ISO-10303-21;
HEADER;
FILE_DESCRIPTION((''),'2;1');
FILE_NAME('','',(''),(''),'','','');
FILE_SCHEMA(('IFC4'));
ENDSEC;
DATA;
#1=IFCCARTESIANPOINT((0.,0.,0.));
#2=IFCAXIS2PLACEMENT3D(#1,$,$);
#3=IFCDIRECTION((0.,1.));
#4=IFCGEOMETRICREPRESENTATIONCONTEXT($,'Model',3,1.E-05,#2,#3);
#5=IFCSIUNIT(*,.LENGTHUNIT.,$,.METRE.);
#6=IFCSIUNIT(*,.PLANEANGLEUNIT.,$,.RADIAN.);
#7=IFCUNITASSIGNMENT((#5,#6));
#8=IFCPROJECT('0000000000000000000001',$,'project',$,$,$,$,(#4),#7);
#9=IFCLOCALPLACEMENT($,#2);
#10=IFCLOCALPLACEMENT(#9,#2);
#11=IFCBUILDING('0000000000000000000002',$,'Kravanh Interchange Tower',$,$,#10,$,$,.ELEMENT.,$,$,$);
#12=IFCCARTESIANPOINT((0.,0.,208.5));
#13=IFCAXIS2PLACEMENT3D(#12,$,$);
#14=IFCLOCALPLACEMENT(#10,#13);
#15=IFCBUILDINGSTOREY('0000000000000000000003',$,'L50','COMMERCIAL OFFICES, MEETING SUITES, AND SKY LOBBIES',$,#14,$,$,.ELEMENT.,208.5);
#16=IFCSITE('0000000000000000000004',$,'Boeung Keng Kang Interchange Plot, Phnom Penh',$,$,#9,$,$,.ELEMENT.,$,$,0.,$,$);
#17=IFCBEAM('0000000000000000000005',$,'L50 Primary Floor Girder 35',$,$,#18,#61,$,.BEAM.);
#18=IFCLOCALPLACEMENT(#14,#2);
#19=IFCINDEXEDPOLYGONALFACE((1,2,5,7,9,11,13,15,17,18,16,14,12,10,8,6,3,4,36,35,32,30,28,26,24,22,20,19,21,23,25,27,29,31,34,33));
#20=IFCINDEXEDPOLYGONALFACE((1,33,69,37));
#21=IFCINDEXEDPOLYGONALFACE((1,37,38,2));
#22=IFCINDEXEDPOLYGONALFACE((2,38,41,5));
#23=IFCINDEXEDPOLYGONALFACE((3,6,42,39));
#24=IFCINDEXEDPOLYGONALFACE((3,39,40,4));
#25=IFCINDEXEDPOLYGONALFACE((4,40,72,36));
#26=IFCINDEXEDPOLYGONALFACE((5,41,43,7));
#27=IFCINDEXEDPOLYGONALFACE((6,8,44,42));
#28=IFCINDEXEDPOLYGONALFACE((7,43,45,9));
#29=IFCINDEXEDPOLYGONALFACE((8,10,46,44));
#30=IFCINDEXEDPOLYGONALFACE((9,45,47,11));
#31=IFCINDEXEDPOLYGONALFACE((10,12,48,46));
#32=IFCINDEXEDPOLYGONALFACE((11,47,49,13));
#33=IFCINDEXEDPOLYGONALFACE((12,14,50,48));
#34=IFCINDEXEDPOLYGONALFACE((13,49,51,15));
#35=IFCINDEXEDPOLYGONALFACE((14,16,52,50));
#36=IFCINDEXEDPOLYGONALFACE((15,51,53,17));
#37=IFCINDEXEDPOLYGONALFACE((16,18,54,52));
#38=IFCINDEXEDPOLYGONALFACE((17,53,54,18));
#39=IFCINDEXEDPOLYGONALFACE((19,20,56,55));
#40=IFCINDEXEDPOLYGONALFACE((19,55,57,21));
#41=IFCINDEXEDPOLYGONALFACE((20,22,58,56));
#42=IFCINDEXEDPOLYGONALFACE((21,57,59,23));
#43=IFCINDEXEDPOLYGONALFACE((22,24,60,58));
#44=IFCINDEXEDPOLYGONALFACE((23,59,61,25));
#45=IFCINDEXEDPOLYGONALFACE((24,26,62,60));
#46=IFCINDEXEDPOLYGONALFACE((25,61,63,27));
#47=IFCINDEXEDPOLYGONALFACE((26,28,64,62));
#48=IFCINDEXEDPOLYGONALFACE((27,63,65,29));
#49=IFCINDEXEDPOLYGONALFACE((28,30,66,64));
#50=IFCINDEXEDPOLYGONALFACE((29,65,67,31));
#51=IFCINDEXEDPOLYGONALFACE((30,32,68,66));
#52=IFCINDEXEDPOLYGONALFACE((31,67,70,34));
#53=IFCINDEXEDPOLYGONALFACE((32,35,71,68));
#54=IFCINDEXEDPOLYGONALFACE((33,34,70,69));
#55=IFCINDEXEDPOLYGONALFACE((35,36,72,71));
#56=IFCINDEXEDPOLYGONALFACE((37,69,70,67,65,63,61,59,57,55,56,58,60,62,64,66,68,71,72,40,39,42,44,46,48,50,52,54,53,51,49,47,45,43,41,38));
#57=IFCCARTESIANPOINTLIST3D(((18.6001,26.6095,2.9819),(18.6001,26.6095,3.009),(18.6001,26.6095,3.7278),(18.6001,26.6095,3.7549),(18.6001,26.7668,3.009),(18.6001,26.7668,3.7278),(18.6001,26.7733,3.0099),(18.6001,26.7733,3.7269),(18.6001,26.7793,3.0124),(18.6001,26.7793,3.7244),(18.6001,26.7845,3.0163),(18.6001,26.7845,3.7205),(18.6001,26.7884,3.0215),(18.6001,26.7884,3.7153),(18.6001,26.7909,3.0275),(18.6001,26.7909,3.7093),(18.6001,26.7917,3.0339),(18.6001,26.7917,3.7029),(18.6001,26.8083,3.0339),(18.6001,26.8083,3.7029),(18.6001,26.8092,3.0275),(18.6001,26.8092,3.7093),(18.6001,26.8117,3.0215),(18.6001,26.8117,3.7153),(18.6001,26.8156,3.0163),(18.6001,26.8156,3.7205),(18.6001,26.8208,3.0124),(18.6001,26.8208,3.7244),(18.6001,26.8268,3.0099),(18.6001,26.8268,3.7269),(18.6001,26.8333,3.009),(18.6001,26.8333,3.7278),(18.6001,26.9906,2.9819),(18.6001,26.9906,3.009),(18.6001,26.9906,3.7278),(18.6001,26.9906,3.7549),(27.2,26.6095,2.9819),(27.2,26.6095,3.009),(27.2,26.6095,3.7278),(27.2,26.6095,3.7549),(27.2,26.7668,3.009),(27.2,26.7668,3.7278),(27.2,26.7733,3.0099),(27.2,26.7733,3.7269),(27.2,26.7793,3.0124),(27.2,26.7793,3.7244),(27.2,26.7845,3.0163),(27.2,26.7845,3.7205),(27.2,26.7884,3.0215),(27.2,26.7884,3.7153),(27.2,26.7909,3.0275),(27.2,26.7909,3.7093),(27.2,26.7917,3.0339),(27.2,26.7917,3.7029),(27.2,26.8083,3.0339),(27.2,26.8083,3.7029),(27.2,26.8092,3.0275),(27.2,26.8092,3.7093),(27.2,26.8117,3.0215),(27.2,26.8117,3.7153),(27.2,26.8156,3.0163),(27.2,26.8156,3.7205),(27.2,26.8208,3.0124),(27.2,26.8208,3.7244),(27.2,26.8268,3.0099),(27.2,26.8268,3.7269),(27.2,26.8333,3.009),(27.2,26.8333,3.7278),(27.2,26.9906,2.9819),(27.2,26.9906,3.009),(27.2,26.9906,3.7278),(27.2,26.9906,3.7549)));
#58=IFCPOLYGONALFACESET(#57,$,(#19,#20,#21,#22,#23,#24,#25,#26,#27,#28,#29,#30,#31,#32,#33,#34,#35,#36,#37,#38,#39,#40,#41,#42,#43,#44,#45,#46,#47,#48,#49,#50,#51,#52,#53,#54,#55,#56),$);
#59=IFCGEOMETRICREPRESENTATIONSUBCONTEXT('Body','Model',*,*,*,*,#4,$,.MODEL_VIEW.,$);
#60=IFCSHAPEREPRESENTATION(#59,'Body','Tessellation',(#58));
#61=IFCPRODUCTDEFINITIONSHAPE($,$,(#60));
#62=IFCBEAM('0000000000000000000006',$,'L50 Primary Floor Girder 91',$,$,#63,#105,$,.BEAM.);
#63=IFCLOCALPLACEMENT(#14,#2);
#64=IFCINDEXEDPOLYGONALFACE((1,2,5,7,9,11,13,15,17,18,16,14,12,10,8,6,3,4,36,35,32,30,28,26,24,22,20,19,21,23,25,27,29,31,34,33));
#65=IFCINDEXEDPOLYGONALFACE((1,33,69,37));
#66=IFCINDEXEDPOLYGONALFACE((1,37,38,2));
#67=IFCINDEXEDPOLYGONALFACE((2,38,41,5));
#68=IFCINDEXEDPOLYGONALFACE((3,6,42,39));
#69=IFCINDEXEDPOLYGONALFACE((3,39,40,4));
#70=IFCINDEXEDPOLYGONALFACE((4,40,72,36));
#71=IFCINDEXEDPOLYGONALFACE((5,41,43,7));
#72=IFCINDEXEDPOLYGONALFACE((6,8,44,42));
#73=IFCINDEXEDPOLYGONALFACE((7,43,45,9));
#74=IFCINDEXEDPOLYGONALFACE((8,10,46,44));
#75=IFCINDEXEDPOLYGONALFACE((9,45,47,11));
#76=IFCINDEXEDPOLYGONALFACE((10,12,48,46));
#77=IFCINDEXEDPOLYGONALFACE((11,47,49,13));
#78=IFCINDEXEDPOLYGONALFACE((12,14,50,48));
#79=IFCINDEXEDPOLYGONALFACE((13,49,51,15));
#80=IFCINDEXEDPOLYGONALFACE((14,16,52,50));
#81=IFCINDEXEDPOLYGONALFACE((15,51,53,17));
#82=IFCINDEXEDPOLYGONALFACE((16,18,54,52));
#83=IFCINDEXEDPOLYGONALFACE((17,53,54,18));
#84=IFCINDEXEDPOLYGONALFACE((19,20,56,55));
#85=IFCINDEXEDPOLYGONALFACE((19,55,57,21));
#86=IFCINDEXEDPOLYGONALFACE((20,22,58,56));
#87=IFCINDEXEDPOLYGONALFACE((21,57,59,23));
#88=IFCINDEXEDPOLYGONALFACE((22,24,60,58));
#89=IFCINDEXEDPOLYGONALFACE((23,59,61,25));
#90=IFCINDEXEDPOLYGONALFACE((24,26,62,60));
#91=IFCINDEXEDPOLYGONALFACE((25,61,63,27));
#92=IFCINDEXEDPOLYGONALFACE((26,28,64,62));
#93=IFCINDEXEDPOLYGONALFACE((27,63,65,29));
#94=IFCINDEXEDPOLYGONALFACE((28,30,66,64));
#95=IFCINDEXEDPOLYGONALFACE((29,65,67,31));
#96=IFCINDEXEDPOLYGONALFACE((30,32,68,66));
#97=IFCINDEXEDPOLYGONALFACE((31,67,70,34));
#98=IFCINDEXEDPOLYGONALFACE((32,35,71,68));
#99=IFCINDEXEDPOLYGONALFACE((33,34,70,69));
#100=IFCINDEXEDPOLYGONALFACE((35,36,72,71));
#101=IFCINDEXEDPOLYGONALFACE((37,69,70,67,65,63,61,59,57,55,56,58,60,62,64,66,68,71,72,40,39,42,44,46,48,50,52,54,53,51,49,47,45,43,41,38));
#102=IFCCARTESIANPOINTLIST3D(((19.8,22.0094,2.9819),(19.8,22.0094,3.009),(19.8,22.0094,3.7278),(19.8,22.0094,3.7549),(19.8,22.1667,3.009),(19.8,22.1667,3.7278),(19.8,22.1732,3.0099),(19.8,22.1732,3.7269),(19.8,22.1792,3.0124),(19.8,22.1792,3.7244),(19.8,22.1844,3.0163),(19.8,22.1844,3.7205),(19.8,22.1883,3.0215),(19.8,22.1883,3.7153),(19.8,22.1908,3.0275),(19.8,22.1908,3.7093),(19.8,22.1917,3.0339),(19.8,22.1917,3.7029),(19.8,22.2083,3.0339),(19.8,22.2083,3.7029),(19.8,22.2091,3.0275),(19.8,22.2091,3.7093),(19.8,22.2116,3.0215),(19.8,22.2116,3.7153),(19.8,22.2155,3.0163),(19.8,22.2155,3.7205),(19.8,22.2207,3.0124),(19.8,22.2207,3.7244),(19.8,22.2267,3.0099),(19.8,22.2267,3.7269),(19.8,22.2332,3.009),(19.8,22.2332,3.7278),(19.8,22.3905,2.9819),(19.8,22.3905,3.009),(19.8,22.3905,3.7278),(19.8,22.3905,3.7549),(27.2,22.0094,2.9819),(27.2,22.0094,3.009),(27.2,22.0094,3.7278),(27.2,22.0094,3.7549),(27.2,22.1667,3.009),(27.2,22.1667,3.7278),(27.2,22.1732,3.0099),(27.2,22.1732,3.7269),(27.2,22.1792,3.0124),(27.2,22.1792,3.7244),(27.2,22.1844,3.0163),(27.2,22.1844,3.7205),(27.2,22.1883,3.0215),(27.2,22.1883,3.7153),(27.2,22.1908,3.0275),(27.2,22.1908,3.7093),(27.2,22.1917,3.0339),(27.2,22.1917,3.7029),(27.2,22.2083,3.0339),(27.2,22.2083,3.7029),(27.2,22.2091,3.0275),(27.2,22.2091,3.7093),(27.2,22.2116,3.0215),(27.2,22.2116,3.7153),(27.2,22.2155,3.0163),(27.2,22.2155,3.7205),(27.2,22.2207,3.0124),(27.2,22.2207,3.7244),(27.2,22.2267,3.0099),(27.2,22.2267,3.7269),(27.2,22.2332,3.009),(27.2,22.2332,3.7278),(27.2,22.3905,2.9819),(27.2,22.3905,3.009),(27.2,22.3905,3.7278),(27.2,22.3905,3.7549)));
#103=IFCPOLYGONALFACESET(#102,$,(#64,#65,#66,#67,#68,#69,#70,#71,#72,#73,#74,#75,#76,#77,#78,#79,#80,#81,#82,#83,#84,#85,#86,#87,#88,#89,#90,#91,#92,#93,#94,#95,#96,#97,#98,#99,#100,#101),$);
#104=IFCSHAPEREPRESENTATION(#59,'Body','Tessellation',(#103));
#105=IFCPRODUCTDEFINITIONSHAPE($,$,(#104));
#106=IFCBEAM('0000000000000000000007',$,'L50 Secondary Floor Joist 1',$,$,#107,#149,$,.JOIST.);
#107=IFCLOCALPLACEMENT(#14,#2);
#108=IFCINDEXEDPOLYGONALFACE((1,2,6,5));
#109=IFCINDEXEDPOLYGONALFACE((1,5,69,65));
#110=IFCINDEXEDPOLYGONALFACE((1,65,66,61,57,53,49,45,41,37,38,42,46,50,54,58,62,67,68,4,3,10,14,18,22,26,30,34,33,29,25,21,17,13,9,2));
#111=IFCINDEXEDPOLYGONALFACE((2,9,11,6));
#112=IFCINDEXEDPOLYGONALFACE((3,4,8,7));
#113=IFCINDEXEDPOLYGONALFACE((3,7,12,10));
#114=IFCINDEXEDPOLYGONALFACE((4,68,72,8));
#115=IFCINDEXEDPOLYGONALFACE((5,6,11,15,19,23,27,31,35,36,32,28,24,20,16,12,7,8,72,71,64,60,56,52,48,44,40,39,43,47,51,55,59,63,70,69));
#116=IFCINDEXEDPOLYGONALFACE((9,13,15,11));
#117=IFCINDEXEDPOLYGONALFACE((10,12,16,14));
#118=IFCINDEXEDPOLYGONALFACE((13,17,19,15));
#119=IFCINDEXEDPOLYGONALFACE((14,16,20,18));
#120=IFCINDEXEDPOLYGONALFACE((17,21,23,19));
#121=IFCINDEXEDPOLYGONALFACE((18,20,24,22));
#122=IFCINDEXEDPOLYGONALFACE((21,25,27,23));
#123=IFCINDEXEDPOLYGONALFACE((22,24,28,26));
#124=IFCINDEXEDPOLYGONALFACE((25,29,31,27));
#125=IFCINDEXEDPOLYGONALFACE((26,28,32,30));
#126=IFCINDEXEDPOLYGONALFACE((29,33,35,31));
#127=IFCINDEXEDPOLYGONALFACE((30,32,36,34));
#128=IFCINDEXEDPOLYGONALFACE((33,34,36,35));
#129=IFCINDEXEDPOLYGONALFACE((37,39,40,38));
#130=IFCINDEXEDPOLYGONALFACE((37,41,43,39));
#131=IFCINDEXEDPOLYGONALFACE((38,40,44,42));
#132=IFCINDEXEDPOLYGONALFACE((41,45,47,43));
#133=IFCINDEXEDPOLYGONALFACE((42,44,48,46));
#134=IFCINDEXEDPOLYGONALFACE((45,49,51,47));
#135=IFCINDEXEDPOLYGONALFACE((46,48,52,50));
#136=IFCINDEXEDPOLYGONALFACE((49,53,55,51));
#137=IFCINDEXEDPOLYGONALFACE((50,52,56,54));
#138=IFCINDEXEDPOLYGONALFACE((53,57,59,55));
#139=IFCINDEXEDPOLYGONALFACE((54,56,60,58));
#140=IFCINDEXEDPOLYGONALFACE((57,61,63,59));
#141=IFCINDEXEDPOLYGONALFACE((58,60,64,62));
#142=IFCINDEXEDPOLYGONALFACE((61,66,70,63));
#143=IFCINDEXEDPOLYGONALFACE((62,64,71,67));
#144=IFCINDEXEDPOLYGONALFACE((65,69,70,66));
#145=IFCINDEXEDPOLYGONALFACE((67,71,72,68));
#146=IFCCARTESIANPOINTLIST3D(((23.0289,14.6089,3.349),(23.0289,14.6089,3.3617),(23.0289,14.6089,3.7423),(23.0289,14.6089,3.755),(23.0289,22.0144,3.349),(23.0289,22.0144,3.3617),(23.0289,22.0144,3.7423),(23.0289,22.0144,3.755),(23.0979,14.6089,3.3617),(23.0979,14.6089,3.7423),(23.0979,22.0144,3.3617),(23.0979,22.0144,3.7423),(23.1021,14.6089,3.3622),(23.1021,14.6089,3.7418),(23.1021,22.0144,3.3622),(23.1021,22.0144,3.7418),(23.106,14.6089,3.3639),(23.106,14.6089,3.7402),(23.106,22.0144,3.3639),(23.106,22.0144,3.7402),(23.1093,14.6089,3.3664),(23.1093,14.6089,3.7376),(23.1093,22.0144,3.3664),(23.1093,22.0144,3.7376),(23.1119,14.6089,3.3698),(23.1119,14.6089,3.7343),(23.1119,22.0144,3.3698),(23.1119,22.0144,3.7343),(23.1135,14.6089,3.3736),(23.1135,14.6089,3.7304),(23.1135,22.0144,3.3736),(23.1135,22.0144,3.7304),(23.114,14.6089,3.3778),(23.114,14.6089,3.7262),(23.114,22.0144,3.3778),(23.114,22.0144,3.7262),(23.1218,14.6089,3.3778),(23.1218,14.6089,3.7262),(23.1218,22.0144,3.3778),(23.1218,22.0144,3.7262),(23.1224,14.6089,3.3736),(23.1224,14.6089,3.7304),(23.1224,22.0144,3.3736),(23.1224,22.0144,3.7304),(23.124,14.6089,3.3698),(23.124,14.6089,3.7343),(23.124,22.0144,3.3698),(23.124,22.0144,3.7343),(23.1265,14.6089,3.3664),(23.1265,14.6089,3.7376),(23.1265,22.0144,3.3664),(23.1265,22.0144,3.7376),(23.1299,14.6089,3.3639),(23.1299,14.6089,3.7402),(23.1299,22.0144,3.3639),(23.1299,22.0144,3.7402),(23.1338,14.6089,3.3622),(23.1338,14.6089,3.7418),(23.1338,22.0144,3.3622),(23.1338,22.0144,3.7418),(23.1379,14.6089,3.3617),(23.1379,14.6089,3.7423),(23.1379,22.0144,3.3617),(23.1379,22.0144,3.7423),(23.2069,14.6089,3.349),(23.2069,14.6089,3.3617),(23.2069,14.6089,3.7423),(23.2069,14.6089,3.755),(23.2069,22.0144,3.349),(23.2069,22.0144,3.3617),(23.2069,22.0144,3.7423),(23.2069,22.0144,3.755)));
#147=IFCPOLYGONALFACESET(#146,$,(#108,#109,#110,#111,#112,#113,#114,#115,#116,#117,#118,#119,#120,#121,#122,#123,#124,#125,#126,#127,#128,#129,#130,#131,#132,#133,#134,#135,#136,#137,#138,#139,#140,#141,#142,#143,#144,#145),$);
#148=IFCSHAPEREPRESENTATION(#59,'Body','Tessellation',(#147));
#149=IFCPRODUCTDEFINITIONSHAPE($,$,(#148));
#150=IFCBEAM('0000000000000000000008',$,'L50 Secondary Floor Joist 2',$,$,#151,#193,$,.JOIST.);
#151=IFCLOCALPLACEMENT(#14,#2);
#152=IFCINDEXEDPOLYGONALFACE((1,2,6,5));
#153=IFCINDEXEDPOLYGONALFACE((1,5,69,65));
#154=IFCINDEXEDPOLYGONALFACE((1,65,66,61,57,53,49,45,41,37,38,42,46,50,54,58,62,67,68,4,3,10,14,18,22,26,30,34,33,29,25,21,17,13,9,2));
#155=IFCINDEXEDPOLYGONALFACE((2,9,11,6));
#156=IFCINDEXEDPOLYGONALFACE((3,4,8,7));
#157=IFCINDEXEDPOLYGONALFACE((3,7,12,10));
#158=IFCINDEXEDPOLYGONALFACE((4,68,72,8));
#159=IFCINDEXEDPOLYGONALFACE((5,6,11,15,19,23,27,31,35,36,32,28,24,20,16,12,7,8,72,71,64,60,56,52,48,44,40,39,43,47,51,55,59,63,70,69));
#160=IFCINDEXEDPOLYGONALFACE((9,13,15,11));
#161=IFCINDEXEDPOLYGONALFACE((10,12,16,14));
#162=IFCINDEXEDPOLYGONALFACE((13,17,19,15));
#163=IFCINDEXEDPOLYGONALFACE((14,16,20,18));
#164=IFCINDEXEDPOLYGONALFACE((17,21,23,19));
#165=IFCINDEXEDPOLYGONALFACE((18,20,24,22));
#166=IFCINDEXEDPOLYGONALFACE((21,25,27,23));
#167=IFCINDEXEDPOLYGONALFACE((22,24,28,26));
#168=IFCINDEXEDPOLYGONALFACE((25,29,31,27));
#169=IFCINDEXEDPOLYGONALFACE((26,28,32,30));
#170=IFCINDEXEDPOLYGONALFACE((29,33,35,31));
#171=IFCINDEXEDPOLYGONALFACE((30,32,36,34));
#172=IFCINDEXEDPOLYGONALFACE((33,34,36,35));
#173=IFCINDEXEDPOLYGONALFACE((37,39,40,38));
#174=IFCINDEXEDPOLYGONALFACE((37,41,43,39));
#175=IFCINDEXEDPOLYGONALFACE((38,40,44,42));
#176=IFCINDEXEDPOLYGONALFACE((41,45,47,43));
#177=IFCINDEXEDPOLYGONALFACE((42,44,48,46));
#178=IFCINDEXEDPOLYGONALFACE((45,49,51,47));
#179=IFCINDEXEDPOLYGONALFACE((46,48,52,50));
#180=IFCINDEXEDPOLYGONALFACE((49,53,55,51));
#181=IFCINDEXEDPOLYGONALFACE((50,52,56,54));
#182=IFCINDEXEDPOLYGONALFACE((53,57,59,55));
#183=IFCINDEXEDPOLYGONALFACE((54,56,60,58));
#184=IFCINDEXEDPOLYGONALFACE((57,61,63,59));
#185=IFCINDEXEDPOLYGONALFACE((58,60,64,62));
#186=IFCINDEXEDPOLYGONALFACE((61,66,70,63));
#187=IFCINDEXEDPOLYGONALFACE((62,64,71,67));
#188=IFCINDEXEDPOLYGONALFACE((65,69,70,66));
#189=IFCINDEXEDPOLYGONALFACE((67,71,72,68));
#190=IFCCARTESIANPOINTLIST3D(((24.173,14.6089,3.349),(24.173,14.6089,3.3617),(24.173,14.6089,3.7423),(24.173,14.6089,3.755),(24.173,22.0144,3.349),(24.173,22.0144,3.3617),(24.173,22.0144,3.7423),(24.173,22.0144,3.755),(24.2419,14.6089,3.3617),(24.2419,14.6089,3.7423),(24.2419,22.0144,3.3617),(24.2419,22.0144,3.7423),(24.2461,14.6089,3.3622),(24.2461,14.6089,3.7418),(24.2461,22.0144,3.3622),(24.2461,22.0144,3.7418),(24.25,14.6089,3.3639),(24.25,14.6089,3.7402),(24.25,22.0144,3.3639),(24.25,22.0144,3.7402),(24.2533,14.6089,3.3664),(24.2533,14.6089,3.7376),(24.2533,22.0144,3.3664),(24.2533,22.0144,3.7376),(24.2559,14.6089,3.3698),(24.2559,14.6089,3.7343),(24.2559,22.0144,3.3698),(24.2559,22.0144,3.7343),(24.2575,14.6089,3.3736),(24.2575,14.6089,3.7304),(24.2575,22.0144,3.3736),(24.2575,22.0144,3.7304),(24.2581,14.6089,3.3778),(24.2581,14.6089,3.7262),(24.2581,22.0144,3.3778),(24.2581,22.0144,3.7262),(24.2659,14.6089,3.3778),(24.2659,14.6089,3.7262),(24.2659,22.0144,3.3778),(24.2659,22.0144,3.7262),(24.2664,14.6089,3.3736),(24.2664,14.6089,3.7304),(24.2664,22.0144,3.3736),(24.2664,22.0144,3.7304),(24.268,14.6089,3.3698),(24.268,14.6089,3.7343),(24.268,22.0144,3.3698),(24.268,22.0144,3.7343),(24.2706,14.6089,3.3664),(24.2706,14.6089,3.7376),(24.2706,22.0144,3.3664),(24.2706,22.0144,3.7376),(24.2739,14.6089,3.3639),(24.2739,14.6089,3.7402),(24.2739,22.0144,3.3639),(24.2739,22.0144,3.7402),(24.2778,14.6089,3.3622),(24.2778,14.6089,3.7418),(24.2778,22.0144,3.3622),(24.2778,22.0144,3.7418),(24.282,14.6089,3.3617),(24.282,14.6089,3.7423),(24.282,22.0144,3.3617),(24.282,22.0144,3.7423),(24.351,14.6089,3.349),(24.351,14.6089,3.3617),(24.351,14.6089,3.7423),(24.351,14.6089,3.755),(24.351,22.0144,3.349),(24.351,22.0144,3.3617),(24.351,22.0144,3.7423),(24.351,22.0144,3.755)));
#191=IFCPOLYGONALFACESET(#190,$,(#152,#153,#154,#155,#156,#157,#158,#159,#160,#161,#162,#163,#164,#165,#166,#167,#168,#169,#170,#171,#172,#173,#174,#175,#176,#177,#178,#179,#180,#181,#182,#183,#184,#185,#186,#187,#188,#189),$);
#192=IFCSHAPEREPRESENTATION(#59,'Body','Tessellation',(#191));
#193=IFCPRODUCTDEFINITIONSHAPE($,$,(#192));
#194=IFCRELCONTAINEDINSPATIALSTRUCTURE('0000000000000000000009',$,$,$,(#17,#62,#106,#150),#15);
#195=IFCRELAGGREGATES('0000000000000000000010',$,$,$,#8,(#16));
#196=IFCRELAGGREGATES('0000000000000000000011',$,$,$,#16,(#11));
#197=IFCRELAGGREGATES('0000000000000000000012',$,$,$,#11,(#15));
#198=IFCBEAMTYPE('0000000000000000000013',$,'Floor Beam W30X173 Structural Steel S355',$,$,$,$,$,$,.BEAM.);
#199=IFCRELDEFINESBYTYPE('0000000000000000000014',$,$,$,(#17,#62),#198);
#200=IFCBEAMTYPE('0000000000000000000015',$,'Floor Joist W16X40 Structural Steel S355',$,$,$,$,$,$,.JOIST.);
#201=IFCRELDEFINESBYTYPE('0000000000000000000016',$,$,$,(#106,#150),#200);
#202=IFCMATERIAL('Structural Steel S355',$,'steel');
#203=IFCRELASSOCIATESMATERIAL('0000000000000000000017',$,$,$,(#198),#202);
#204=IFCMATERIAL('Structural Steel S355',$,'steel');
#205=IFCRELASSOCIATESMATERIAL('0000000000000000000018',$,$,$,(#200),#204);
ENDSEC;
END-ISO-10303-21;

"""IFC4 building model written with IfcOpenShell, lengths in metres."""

from ifc_helpers import new_model, si_unit, direction, frame, origin, origin_2d, place, context, subcontext, project, spatial, i_section, extrude, material, material_profile, profile_set, type_object, element, save


model = new_model("IFC4")

# Units and contexts
model_context = context("Model", 3, precision=1e-05, world=origin(), true_north=direction((0.0, 1.0)))
body_context = subcontext(model_context, "Body", "Model", "MODEL_VIEW")
ifc_project = project(units=[si_unit("LENGTHUNIT", "METRE"), si_unit("PLANEANGLEUNIT", "RADIAN")], contexts=[model_context])

# Site, building, storey
site_placement = place(None, origin())
site = spatial("IfcSite", under=ifc_project, at=site_placement, Name="Boeung Keng Kang Interchange Plot, Phnom Penh", CompositionType="ELEMENT", RefElevation=0.0)
building_placement = place(site_placement, origin())
building = spatial("IfcBuilding", under=site, at=building_placement, Name="Kravanh Interchange Tower", CompositionType="ELEMENT")
storey_placement = place(building_placement, frame((0.0, 0.0, 208.5)))
storey = spatial("IfcBuildingStorey", under=building, at=storey_placement, Name="L50", Description="COMMERCIAL OFFICES, MEETING SUITES, AND SKY LOBBIES", CompositionType="ELEMENT", Elevation=208.5)

# Beams
ifc_material_1 = material(Name="Structural Steel S355", Category="steel")
ifc_material_profile_1 = material_profile(ifc_material_1, i_section(OverallWidth=0.3811, OverallDepth=0.7729, WebThickness=0.0166, FlangeThickness=0.0271, FilletRadius=0.0249, at=origin_2d()), Name="W30X173")
ifc_profile_set_1 = profile_set([ifc_material_profile_1], Name="Structural Steel S355")
beam_type_1 = type_object("IfcBeamType", Name="Floor Beam W30X173 Structural Steel S355", PredefinedType="BEAM", material=ifc_profile_set_1)
beam_1_placement = place(storey_placement, frame((18.6001, 26.8, 3.3684), z_axis=(1.0, 0.0, 0.0), x_axis=(0.0, 1.0, 0.0)))
element("IfcBeam", 1, at=beam_1_placement, inside=storey, type_object=beam_type_1, Name="L50 Primary Floor Girder 35", PredefinedType="BEAM", context=body_context, shape_type="SweptSolid", body=[
    extrude(i_section(OverallWidth=0.3811, OverallDepth=0.7729, WebThickness=0.0166, FlangeThickness=0.0271, FilletRadius=0.0249, at=origin_2d()), origin(), (0.0, 0.0, 1.0), 8.5999),
])
beam_2_placement = place(storey_placement, frame((19.8, 22.2, 3.3684), z_axis=(1.0, 0.0, 0.0), x_axis=(0.0, 1.0, 0.0)))
element("IfcBeam", 2, at=beam_2_placement, inside=storey, type_object=beam_type_1, Name="L50 Primary Floor Girder 91", PredefinedType="BEAM", context=body_context, shape_type="SweptSolid", body=[
    extrude(i_section(OverallWidth=0.3811, OverallDepth=0.7729, WebThickness=0.0166, FlangeThickness=0.0271, FilletRadius=0.0249, at=origin_2d()), origin(), (0.0, 0.0, 1.0), 7.3999),
])
ifc_material_2 = material(Name="Structural Steel S355", Category="steel")
ifc_material_profile_2 = material_profile(ifc_material_2, i_section(OverallWidth=0.178, OverallDepth=0.406, WebThickness=0.0078, FlangeThickness=0.0127, FilletRadius=0.0161, at=origin_2d()), Name="W16X40")
ifc_profile_set_2 = profile_set([ifc_material_profile_2], Name="Structural Steel S355")
beam_type_2 = type_object("IfcBeamType", Name="Floor Joist W16X40 Structural Steel S355", PredefinedType="JOIST", material=ifc_profile_set_2)
for number, where, z_axis, x_axis, name in (
    (3, (23.1179, 14.6089, 3.552), (0.0, 1.0, 0.0), (-1.0, 0.0, 0.0), "L50 Secondary Floor Joist 1"),
    (4, (24.262, 14.6089, 3.552), (0.0, 1.0, 0.0), (-1.0, 0.0, 0.0), "L50 Secondary Floor Joist 2"),
):
    element("IfcBeam", number, at=place(storey_placement, frame(where, z_axis=z_axis, x_axis=x_axis)), inside=storey, type_object=beam_type_2, Name=name, PredefinedType="JOIST", context=body_context, shape_type="SweptSolid", body=[
        extrude(i_section(OverallWidth=0.178, OverallDepth=0.406, WebThickness=0.0078, FlangeThickness=0.0127, FilletRadius=0.0161, at=origin_2d()), origin(), (0.0, 0.0, 1.0), 7.4055),
    ])

save(model, "model.ifc")
